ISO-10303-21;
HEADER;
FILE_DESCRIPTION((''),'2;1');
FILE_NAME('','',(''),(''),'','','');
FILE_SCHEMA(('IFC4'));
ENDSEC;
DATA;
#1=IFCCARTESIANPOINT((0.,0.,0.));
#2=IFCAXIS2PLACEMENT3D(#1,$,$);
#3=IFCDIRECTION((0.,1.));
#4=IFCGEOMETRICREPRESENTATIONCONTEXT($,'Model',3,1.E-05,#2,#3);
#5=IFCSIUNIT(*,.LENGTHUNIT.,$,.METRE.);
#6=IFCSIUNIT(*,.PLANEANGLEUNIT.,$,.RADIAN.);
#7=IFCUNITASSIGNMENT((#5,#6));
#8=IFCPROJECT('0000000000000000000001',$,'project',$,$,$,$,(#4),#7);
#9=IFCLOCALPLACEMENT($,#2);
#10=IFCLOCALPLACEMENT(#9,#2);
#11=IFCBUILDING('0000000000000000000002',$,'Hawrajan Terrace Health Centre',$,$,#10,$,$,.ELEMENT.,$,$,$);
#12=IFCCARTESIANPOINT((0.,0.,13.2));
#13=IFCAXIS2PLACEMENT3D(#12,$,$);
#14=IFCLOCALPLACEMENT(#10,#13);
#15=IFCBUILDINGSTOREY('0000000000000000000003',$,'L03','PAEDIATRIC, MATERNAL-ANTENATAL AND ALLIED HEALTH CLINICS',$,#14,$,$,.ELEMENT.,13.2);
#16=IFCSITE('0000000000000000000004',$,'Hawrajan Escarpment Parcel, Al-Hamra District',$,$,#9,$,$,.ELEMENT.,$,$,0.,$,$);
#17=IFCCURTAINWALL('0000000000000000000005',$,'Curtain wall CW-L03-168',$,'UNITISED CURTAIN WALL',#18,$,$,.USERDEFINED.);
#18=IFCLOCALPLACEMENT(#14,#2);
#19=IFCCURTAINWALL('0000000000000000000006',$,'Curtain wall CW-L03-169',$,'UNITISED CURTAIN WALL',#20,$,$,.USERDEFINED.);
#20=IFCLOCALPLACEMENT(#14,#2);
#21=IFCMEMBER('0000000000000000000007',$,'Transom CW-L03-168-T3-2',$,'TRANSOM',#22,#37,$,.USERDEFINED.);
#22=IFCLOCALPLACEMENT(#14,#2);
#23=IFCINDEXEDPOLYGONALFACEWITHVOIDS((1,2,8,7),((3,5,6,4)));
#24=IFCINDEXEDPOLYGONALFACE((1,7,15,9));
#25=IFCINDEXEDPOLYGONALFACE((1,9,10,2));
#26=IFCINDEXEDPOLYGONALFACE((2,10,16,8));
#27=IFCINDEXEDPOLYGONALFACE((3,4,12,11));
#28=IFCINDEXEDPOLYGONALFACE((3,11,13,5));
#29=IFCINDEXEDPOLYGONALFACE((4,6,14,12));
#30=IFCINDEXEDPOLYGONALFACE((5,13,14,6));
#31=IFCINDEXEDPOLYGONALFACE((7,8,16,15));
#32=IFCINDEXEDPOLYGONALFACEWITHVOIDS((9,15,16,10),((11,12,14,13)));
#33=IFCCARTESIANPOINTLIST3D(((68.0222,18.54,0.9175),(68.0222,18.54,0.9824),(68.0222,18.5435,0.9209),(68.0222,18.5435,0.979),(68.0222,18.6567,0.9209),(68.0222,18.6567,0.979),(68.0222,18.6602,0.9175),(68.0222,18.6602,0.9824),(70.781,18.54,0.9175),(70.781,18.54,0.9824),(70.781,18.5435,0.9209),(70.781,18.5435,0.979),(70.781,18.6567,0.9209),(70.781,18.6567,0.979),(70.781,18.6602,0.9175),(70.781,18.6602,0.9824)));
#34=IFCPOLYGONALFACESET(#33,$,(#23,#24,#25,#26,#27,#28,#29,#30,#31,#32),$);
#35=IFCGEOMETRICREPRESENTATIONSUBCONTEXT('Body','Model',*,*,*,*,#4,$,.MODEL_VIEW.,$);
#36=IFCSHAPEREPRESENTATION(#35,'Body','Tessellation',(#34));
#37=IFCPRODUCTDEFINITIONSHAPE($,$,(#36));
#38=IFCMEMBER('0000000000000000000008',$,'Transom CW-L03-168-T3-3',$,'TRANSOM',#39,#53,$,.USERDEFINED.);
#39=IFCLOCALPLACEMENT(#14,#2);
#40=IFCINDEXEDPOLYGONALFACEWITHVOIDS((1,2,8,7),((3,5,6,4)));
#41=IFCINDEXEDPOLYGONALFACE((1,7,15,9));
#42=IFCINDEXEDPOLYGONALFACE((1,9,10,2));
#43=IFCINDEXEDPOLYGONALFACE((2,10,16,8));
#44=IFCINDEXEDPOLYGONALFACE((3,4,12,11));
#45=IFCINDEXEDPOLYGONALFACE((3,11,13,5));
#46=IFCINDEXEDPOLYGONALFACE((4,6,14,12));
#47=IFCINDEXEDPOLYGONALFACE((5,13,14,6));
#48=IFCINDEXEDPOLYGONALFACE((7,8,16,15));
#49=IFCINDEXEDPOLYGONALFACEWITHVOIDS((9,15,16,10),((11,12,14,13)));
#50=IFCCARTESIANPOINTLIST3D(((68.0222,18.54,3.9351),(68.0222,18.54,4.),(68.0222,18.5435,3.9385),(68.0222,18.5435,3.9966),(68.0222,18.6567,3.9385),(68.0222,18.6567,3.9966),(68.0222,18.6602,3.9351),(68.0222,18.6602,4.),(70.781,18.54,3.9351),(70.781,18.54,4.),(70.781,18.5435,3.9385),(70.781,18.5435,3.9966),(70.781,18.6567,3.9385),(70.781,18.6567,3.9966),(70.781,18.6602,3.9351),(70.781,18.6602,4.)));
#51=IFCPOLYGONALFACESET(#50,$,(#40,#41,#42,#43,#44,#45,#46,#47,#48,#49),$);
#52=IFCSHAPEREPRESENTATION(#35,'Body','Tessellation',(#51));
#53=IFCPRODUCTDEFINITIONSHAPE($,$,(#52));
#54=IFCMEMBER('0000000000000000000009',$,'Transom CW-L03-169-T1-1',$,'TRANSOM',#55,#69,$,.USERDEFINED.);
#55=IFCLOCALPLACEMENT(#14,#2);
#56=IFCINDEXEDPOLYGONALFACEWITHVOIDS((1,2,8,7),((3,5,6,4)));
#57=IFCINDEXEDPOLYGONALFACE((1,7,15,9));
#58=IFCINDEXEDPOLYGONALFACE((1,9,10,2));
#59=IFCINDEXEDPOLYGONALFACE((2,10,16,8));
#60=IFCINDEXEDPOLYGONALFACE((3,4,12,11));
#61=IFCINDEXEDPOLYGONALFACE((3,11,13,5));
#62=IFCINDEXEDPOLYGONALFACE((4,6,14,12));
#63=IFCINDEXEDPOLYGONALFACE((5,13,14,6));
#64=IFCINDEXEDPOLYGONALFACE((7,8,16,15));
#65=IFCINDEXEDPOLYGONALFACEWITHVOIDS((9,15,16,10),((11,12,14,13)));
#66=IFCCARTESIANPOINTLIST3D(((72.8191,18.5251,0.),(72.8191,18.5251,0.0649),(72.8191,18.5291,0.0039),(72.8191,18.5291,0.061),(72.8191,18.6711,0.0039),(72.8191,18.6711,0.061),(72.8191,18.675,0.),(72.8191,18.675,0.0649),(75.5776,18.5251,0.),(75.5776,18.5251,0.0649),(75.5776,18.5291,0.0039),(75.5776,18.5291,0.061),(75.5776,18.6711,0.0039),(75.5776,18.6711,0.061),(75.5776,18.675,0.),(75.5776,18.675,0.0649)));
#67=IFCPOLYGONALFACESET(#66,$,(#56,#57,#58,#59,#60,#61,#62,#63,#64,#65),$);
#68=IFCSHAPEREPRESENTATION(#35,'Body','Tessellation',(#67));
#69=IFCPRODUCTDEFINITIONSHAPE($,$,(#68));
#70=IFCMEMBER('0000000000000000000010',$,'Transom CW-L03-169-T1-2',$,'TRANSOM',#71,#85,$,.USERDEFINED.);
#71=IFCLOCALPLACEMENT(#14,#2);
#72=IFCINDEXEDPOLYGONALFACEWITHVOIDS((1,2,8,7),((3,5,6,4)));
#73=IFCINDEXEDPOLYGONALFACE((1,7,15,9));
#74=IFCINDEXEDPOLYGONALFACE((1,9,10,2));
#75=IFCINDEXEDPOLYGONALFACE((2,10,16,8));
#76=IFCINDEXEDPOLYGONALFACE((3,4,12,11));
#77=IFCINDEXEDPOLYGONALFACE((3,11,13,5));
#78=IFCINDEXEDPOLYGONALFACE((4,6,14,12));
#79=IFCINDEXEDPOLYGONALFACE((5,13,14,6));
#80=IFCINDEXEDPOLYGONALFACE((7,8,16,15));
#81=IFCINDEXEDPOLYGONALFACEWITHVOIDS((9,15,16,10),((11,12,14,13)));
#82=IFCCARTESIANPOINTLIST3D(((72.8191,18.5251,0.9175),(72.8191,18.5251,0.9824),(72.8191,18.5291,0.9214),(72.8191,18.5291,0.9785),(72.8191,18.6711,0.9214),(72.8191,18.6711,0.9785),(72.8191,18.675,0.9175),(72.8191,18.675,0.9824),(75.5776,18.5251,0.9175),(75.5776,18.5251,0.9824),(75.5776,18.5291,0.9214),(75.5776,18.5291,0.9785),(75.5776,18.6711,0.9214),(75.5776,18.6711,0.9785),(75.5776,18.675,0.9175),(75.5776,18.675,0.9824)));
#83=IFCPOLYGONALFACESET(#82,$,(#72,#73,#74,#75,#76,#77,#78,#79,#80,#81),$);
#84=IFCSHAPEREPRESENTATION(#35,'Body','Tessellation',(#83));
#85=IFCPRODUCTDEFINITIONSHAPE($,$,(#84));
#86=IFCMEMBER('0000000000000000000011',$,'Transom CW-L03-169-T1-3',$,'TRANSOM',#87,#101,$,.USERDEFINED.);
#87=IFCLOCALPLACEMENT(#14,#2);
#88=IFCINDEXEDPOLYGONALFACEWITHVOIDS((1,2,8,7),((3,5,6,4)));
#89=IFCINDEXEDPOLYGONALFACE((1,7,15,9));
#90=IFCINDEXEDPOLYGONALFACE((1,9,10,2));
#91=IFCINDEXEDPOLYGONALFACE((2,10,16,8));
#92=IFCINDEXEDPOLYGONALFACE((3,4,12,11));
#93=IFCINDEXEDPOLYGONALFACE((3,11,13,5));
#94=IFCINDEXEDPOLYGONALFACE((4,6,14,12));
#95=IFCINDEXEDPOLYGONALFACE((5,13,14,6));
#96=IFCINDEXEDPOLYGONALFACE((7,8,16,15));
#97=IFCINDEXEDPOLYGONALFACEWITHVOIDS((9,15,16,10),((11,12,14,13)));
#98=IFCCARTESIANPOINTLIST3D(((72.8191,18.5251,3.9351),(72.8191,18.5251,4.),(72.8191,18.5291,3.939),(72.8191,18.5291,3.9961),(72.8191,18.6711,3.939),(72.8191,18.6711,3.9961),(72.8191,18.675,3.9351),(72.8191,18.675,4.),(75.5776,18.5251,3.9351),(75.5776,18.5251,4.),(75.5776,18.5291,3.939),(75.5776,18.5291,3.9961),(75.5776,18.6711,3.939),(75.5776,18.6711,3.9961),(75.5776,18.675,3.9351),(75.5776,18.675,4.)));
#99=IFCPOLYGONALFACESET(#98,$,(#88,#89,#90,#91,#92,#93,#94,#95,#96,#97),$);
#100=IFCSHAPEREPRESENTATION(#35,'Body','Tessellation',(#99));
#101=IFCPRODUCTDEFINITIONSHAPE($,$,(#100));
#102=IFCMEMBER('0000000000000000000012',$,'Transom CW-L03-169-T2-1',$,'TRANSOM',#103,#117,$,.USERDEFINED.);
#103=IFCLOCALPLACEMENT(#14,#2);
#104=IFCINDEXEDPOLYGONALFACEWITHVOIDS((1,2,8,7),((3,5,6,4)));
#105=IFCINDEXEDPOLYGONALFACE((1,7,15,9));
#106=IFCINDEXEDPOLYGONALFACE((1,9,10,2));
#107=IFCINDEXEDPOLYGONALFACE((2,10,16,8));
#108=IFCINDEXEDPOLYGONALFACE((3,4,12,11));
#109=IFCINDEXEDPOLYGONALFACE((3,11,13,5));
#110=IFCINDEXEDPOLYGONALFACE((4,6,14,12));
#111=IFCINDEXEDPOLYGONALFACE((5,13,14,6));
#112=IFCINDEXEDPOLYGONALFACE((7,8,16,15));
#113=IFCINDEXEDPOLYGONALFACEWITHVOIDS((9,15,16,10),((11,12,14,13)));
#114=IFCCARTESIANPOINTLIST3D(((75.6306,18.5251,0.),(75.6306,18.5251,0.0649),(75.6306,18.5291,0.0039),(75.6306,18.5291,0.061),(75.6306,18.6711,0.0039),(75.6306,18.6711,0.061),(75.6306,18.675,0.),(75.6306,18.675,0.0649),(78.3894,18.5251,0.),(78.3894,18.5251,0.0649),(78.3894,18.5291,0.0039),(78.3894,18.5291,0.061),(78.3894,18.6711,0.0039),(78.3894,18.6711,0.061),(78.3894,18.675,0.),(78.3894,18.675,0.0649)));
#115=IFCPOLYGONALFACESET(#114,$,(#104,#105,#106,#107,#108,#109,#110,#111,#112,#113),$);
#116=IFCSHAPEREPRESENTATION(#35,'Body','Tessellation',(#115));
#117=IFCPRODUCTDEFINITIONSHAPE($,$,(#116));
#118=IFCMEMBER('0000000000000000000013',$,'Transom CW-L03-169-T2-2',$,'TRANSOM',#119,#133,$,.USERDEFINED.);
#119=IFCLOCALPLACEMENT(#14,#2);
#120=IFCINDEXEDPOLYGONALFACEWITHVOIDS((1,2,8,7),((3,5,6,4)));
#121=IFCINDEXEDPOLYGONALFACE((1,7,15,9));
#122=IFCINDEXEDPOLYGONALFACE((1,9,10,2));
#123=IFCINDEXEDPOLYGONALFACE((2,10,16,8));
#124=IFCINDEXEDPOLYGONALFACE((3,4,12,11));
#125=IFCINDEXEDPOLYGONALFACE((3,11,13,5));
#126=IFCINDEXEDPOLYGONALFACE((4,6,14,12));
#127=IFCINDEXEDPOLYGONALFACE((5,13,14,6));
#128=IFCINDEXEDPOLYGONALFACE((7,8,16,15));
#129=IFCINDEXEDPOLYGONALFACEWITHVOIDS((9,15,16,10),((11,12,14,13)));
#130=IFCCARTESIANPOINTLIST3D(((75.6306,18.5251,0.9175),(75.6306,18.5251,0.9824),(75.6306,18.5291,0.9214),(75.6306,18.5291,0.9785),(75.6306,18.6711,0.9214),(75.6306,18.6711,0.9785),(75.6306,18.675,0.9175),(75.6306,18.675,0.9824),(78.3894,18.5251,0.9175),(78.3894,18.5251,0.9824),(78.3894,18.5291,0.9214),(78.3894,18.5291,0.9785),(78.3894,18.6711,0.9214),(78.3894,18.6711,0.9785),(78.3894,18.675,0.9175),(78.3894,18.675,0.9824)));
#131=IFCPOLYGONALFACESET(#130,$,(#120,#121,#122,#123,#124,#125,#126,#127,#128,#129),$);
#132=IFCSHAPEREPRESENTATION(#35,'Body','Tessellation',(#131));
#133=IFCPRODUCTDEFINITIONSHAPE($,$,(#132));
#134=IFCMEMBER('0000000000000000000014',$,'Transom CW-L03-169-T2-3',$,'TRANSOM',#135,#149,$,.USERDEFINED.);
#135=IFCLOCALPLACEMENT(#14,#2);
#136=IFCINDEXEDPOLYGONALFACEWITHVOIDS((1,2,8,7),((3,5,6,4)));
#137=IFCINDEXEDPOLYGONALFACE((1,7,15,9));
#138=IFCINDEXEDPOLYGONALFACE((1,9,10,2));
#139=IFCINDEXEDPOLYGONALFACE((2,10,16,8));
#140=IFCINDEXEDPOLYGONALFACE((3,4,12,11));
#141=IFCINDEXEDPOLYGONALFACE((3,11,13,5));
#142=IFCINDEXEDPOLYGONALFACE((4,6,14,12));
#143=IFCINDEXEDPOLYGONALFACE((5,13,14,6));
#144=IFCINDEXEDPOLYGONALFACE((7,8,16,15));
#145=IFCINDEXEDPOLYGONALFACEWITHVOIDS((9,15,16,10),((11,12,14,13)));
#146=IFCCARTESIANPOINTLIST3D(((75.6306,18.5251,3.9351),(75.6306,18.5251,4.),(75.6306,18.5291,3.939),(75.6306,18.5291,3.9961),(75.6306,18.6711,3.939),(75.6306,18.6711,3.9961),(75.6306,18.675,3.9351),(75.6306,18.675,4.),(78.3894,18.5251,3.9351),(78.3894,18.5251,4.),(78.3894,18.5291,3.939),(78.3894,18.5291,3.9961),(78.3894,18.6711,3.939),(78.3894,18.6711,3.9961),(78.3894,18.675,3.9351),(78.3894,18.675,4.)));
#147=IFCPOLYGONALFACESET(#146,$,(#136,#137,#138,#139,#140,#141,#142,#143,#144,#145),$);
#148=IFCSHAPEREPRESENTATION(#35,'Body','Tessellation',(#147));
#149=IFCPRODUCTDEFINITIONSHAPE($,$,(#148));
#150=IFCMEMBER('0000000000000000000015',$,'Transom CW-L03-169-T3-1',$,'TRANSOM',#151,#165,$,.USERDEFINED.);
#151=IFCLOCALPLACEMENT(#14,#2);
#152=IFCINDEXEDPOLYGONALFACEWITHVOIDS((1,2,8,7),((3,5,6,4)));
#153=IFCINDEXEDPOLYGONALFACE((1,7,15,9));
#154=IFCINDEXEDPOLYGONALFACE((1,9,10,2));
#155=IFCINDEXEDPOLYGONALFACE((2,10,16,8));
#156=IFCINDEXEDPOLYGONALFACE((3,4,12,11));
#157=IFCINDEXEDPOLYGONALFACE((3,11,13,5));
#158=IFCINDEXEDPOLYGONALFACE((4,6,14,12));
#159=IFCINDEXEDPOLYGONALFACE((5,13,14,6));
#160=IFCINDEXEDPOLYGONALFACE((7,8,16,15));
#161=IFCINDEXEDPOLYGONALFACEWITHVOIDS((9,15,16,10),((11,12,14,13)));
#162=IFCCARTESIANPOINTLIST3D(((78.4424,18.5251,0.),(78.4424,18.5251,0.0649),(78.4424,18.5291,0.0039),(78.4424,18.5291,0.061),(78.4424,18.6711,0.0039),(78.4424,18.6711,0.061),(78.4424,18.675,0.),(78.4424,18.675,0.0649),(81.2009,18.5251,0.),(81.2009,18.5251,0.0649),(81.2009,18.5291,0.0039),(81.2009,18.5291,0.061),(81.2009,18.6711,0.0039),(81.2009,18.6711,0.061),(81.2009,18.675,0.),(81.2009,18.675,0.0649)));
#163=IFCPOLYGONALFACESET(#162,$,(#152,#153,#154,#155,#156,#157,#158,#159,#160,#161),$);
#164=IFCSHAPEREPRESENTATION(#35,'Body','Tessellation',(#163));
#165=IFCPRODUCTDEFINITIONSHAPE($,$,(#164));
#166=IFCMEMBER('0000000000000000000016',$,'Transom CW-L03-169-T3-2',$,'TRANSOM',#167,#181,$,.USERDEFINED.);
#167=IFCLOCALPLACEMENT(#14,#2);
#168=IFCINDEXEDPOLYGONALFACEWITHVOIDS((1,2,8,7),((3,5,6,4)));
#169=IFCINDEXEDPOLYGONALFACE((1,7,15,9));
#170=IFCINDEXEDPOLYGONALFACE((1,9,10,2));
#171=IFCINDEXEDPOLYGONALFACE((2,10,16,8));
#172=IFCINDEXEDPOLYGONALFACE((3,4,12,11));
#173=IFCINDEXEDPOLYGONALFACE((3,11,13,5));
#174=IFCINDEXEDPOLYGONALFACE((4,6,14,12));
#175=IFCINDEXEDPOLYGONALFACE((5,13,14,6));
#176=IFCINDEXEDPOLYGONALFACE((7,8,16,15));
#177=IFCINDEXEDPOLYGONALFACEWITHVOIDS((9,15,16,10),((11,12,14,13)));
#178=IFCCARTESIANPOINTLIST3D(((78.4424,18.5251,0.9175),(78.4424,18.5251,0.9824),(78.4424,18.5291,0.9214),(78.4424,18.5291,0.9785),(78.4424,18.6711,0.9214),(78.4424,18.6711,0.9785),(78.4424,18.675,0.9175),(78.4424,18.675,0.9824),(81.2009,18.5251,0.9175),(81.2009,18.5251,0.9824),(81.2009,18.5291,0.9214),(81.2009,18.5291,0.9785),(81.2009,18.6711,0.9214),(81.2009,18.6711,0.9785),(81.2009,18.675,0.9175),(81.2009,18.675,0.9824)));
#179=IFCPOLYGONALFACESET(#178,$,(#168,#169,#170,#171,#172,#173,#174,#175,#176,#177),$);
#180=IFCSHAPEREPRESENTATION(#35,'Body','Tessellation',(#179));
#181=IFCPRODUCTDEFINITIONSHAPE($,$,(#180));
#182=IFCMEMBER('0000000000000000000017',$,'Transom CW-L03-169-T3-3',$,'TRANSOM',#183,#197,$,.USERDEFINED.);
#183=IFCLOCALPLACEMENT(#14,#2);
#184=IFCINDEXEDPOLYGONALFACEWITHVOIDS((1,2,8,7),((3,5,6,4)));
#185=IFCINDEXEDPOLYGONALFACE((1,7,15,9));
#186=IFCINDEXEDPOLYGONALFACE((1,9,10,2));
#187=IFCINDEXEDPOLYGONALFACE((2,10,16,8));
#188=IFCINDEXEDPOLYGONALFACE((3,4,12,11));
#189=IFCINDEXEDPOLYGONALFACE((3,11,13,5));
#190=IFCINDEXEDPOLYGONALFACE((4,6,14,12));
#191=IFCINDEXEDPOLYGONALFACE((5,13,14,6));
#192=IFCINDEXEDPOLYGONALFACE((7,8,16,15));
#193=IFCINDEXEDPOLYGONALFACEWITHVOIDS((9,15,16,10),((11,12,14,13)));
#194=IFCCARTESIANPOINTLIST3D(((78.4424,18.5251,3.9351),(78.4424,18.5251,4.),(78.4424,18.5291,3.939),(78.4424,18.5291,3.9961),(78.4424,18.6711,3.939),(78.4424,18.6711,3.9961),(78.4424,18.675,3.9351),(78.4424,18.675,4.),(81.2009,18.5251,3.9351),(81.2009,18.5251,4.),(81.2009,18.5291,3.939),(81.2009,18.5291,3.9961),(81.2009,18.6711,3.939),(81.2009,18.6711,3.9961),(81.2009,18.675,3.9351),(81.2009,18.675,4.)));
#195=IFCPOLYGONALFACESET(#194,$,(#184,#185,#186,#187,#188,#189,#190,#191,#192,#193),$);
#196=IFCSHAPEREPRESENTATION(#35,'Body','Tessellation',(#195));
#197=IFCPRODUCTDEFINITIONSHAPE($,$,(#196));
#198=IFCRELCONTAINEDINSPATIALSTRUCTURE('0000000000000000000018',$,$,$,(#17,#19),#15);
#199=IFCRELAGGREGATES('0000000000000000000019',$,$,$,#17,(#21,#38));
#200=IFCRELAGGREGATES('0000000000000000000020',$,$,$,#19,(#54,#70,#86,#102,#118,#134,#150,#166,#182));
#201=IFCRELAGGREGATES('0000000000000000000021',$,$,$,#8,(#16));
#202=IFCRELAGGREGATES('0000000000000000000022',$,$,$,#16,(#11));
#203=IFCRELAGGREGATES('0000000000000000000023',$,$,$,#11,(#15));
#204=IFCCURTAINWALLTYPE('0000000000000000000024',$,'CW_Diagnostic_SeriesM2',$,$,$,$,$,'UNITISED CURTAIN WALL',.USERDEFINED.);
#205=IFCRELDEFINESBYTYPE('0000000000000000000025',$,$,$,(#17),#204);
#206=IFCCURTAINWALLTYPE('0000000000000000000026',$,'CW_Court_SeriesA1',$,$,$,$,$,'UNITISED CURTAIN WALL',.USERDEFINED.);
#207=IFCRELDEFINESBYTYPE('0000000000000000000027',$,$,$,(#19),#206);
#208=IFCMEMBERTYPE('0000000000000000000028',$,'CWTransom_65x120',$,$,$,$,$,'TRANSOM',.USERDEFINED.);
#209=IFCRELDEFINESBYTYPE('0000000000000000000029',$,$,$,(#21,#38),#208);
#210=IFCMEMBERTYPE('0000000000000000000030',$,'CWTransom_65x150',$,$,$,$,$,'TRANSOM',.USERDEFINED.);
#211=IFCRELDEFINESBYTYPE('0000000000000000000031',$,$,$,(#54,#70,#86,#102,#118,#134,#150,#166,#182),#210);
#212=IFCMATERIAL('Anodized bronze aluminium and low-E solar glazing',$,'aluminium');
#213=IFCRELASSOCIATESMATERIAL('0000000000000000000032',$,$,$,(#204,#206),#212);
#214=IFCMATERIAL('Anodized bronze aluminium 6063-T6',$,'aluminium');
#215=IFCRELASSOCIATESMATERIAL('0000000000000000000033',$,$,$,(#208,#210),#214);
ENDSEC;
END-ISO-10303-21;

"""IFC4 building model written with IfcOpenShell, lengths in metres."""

from ifc_helpers import new_model, si_unit, direction, frame, origin, origin_2d, place, context, subcontext, project, spatial, hollow_rectangle, extrude, material, material_profile, profile_set, type_object, element, aggregate, save


model = new_model("IFC4")

# Units and contexts
model_context = context("Model", 3, precision=1e-05, world=origin(), true_north=direction((0.0, 1.0)))
body_context = subcontext(model_context, "Body", "Model", "MODEL_VIEW")
ifc_project = project(units=[si_unit("LENGTHUNIT", "METRE"), si_unit("PLANEANGLEUNIT", "RADIAN")], contexts=[model_context])

# Site, building, storey
site_placement = place(None, origin())
site = spatial("IfcSite", under=ifc_project, at=site_placement, Name="Hawrajan Escarpment Parcel, Al-Hamra District", CompositionType="ELEMENT", RefElevation=0.0)
building_placement = place(site_placement, origin())
building = spatial("IfcBuilding", under=site, at=building_placement, Name="Hawrajan Terrace Health Centre", CompositionType="ELEMENT")
storey_placement = place(building_placement, frame((0.0, 0.0, 13.2)))
storey = spatial("IfcBuildingStorey", under=building, at=storey_placement, Name="L03", Description="PAEDIATRIC, MATERNAL-ANTENATAL AND ALLIED HEALTH CLINICS", CompositionType="ELEMENT", Elevation=13.2)

# Curtain walls
ifc_material_1 = material(Name="Anodized bronze aluminium and low-E solar glazing", Category="aluminium")
curtain_wall_type_1 = type_object("IfcCurtainWallType", Name="CW_Diagnostic_SeriesM2", ElementType="UNITISED CURTAIN WALL", PredefinedType="USERDEFINED", material=ifc_material_1)
curtain_wall_1_placement = place(storey_placement, origin())
curtain_wall_1 = element("IfcCurtainWall", 1, at=curtain_wall_1_placement, inside=storey, type_object=curtain_wall_type_1, Name="Curtain wall CW-L03-168", ObjectType="UNITISED CURTAIN WALL", PredefinedType="USERDEFINED")
ifc_material_2 = material(Name="Anodized bronze aluminium 6063-T6", Category="aluminium")
curtain_wall_type_2 = type_object("IfcCurtainWallType", Name="CW_Court_SeriesA1", ElementType="UNITISED CURTAIN WALL", PredefinedType="USERDEFINED", material=ifc_material_1)
curtain_wall_2_placement = place(storey_placement, origin())
curtain_wall_2 = element("IfcCurtainWall", 2, at=curtain_wall_2_placement, inside=storey, type_object=curtain_wall_type_2, Name="Curtain wall CW-L03-169", ObjectType="UNITISED CURTAIN WALL", PredefinedType="USERDEFINED")

# Members
ifc_material_profile_1 = material_profile(ifc_material_2, hollow_rectangle(XDim=0.0649, YDim=0.1201, WallThickness=0.0034, at=origin_2d()), Name="CW TRN 65x120")
ifc_profile_set_1 = profile_set([ifc_material_profile_1], Name="Anodized bronze aluminium 6063-T6")
member_type_1 = type_object("IfcMemberType", Name="CWTransom_65x120", ElementType="TRANSOM", PredefinedType="USERDEFINED", material=ifc_profile_set_1)
member_1_placement = place(storey_placement, frame((68.0222, 18.6001, 0.95), z_axis=(1.0, 0.0, 0.0), x_axis=(0.0, 0.0, 1.0)))
member_1 = element("IfcMember", 3, at=member_1_placement, type_object=member_type_1, Name="Transom CW-L03-168-T3-2", ObjectType="TRANSOM", PredefinedType="USERDEFINED", context=body_context, shape_type="SweptSolid", body=[
    extrude(hollow_rectangle(XDim=0.0649, YDim=0.1201, WallThickness=0.0034, at=origin_2d()), origin(), (0.0, 0.0, 1.0), 2.7588),
])
member_2_placement = place(storey_placement, frame((68.0222, 18.6001, 3.9675), z_axis=(1.0, 0.0, 0.0), x_axis=(0.0, 0.0, 1.0)))
member_2 = element("IfcMember", 4, at=member_2_placement, type_object=member_type_1, Name="Transom CW-L03-168-T3-3", ObjectType="TRANSOM", PredefinedType="USERDEFINED", context=body_context, shape_type="SweptSolid", body=[
    extrude(hollow_rectangle(XDim=0.0649, YDim=0.1201, WallThickness=0.0034, at=origin_2d()), origin(), (0.0, 0.0, 1.0), 2.7588),
])
ifc_material_profile_2 = material_profile(ifc_material_2, hollow_rectangle(XDim=0.0649, YDim=0.1499, WallThickness=0.0039, at=origin_2d()), Name="CW TRN 65x150")
ifc_profile_set_2 = profile_set([ifc_material_profile_2], Name="Anodized bronze aluminium 6063-T6")
member_type_2 = type_object("IfcMemberType", Name="CWTransom_65x150", ElementType="TRANSOM", PredefinedType="USERDEFINED", material=ifc_profile_set_2)
member_3_placement = place(storey_placement, frame((72.8191, 18.6001, 0.0325), z_axis=(1.0, 0.0, 0.0), x_axis=(0.0, 0.0, 1.0)))
member_3 = element("IfcMember", 5, at=member_3_placement, type_object=member_type_2, Name="Transom CW-L03-169-T1-1", ObjectType="TRANSOM", PredefinedType="USERDEFINED", context=body_context, shape_type="SweptSolid", body=[
    extrude(hollow_rectangle(XDim=0.0649, YDim=0.1499, WallThickness=0.0039, at=origin_2d()), origin(), (0.0, 0.0, 1.0), 2.7585),
])
member_4_placement = place(storey_placement, frame((72.8191, 18.6001, 0.95), z_axis=(1.0, 0.0, 0.0), x_axis=(0.0, 0.0, 1.0)))
member_4 = element("IfcMember", 6, at=member_4_placement, type_object=member_type_2, Name="Transom CW-L03-169-T1-2", ObjectType="TRANSOM", PredefinedType="USERDEFINED", context=body_context, shape_type="SweptSolid", body=[
    extrude(hollow_rectangle(XDim=0.0649, YDim=0.1499, WallThickness=0.0039, at=origin_2d()), origin(), (0.0, 0.0, 1.0), 2.7585),
])
member_5_placement = place(storey_placement, frame((72.8191, 18.6001, 3.9675), z_axis=(1.0, 0.0, 0.0), x_axis=(0.0, 0.0, 1.0)))
member_5 = element("IfcMember", 7, at=member_5_placement, type_object=member_type_2, Name="Transom CW-L03-169-T1-3", ObjectType="TRANSOM", PredefinedType="USERDEFINED", context=body_context, shape_type="SweptSolid", body=[
    extrude(hollow_rectangle(XDim=0.0649, YDim=0.1499, WallThickness=0.0039, at=origin_2d()), origin(), (0.0, 0.0, 1.0), 2.7585),
])
member_6_placement = place(storey_placement, frame((75.6306, 18.6001, 0.0325), z_axis=(1.0, 0.0, 0.0), x_axis=(0.0, 0.0, 1.0)))
member_6 = element("IfcMember", 8, at=member_6_placement, type_object=member_type_2, Name="Transom CW-L03-169-T2-1", ObjectType="TRANSOM", PredefinedType="USERDEFINED", context=body_context, shape_type="SweptSolid", body=[
    extrude(hollow_rectangle(XDim=0.0649, YDim=0.1499, WallThickness=0.0039, at=origin_2d()), origin(), (0.0, 0.0, 1.0), 2.7588),
])
member_7_placement = place(storey_placement, frame((75.6306, 18.6001, 0.95), z_axis=(1.0, 0.0, 0.0), x_axis=(0.0, 0.0, 1.0)))
member_7 = element("IfcMember", 9, at=member_7_placement, type_object=member_type_2, Name="Transom CW-L03-169-T2-2", ObjectType="TRANSOM", PredefinedType="USERDEFINED", context=body_context, shape_type="SweptSolid", body=[
    extrude(hollow_rectangle(XDim=0.0649, YDim=0.1499, WallThickness=0.0039, at=origin_2d()), origin(), (0.0, 0.0, 1.0), 2.7588),
])
member_8_placement = place(storey_placement, frame((75.6306, 18.6001, 3.9675), z_axis=(1.0, 0.0, 0.0), x_axis=(0.0, 0.0, 1.0)))
member_8 = element("IfcMember", 10, at=member_8_placement, type_object=member_type_2, Name="Transom CW-L03-169-T2-3", ObjectType="TRANSOM", PredefinedType="USERDEFINED", context=body_context, shape_type="SweptSolid", body=[
    extrude(hollow_rectangle(XDim=0.0649, YDim=0.1499, WallThickness=0.0039, at=origin_2d()), origin(), (0.0, 0.0, 1.0), 2.7588),
])
member_9_placement = place(storey_placement, frame((78.4424, 18.6001, 0.0325), z_axis=(1.0, 0.0, 0.0), x_axis=(0.0, 0.0, 1.0)))
member_9 = element("IfcMember", 11, at=member_9_placement, type_object=member_type_2, Name="Transom CW-L03-169-T3-1", ObjectType="TRANSOM", PredefinedType="USERDEFINED", context=body_context, shape_type="SweptSolid", body=[
    extrude(hollow_rectangle(XDim=0.0649, YDim=0.1499, WallThickness=0.0039, at=origin_2d()), origin(), (0.0, 0.0, 1.0), 2.7585),
])
member_10_placement = place(storey_placement, frame((78.4424, 18.6001, 0.95), z_axis=(1.0, 0.0, 0.0), x_axis=(0.0, 0.0, 1.0)))
member_10 = element("IfcMember", 12, at=member_10_placement, type_object=member_type_2, Name="Transom CW-L03-169-T3-2", ObjectType="TRANSOM", PredefinedType="USERDEFINED", context=body_context, shape_type="SweptSolid", body=[
    extrude(hollow_rectangle(XDim=0.0649, YDim=0.1499, WallThickness=0.0039, at=origin_2d()), origin(), (0.0, 0.0, 1.0), 2.7585),
])
member_11_placement = place(storey_placement, frame((78.4424, 18.6001, 3.9675), z_axis=(1.0, 0.0, 0.0), x_axis=(0.0, 0.0, 1.0)))
member_11 = element("IfcMember", 13, at=member_11_placement, type_object=member_type_2, Name="Transom CW-L03-169-T3-3", ObjectType="TRANSOM", PredefinedType="USERDEFINED", context=body_context, shape_type="SweptSolid", body=[
    extrude(hollow_rectangle(XDim=0.0649, YDim=0.1499, WallThickness=0.0039, at=origin_2d()), origin(), (0.0, 0.0, 1.0), 2.7585),
])

aggregate(curtain_wall_1, [member_1, member_2])
aggregate(curtain_wall_2, [member_3, member_4, member_5, member_6, member_7, member_8, member_9, member_10, member_11])

save(model, "model.ifc")
